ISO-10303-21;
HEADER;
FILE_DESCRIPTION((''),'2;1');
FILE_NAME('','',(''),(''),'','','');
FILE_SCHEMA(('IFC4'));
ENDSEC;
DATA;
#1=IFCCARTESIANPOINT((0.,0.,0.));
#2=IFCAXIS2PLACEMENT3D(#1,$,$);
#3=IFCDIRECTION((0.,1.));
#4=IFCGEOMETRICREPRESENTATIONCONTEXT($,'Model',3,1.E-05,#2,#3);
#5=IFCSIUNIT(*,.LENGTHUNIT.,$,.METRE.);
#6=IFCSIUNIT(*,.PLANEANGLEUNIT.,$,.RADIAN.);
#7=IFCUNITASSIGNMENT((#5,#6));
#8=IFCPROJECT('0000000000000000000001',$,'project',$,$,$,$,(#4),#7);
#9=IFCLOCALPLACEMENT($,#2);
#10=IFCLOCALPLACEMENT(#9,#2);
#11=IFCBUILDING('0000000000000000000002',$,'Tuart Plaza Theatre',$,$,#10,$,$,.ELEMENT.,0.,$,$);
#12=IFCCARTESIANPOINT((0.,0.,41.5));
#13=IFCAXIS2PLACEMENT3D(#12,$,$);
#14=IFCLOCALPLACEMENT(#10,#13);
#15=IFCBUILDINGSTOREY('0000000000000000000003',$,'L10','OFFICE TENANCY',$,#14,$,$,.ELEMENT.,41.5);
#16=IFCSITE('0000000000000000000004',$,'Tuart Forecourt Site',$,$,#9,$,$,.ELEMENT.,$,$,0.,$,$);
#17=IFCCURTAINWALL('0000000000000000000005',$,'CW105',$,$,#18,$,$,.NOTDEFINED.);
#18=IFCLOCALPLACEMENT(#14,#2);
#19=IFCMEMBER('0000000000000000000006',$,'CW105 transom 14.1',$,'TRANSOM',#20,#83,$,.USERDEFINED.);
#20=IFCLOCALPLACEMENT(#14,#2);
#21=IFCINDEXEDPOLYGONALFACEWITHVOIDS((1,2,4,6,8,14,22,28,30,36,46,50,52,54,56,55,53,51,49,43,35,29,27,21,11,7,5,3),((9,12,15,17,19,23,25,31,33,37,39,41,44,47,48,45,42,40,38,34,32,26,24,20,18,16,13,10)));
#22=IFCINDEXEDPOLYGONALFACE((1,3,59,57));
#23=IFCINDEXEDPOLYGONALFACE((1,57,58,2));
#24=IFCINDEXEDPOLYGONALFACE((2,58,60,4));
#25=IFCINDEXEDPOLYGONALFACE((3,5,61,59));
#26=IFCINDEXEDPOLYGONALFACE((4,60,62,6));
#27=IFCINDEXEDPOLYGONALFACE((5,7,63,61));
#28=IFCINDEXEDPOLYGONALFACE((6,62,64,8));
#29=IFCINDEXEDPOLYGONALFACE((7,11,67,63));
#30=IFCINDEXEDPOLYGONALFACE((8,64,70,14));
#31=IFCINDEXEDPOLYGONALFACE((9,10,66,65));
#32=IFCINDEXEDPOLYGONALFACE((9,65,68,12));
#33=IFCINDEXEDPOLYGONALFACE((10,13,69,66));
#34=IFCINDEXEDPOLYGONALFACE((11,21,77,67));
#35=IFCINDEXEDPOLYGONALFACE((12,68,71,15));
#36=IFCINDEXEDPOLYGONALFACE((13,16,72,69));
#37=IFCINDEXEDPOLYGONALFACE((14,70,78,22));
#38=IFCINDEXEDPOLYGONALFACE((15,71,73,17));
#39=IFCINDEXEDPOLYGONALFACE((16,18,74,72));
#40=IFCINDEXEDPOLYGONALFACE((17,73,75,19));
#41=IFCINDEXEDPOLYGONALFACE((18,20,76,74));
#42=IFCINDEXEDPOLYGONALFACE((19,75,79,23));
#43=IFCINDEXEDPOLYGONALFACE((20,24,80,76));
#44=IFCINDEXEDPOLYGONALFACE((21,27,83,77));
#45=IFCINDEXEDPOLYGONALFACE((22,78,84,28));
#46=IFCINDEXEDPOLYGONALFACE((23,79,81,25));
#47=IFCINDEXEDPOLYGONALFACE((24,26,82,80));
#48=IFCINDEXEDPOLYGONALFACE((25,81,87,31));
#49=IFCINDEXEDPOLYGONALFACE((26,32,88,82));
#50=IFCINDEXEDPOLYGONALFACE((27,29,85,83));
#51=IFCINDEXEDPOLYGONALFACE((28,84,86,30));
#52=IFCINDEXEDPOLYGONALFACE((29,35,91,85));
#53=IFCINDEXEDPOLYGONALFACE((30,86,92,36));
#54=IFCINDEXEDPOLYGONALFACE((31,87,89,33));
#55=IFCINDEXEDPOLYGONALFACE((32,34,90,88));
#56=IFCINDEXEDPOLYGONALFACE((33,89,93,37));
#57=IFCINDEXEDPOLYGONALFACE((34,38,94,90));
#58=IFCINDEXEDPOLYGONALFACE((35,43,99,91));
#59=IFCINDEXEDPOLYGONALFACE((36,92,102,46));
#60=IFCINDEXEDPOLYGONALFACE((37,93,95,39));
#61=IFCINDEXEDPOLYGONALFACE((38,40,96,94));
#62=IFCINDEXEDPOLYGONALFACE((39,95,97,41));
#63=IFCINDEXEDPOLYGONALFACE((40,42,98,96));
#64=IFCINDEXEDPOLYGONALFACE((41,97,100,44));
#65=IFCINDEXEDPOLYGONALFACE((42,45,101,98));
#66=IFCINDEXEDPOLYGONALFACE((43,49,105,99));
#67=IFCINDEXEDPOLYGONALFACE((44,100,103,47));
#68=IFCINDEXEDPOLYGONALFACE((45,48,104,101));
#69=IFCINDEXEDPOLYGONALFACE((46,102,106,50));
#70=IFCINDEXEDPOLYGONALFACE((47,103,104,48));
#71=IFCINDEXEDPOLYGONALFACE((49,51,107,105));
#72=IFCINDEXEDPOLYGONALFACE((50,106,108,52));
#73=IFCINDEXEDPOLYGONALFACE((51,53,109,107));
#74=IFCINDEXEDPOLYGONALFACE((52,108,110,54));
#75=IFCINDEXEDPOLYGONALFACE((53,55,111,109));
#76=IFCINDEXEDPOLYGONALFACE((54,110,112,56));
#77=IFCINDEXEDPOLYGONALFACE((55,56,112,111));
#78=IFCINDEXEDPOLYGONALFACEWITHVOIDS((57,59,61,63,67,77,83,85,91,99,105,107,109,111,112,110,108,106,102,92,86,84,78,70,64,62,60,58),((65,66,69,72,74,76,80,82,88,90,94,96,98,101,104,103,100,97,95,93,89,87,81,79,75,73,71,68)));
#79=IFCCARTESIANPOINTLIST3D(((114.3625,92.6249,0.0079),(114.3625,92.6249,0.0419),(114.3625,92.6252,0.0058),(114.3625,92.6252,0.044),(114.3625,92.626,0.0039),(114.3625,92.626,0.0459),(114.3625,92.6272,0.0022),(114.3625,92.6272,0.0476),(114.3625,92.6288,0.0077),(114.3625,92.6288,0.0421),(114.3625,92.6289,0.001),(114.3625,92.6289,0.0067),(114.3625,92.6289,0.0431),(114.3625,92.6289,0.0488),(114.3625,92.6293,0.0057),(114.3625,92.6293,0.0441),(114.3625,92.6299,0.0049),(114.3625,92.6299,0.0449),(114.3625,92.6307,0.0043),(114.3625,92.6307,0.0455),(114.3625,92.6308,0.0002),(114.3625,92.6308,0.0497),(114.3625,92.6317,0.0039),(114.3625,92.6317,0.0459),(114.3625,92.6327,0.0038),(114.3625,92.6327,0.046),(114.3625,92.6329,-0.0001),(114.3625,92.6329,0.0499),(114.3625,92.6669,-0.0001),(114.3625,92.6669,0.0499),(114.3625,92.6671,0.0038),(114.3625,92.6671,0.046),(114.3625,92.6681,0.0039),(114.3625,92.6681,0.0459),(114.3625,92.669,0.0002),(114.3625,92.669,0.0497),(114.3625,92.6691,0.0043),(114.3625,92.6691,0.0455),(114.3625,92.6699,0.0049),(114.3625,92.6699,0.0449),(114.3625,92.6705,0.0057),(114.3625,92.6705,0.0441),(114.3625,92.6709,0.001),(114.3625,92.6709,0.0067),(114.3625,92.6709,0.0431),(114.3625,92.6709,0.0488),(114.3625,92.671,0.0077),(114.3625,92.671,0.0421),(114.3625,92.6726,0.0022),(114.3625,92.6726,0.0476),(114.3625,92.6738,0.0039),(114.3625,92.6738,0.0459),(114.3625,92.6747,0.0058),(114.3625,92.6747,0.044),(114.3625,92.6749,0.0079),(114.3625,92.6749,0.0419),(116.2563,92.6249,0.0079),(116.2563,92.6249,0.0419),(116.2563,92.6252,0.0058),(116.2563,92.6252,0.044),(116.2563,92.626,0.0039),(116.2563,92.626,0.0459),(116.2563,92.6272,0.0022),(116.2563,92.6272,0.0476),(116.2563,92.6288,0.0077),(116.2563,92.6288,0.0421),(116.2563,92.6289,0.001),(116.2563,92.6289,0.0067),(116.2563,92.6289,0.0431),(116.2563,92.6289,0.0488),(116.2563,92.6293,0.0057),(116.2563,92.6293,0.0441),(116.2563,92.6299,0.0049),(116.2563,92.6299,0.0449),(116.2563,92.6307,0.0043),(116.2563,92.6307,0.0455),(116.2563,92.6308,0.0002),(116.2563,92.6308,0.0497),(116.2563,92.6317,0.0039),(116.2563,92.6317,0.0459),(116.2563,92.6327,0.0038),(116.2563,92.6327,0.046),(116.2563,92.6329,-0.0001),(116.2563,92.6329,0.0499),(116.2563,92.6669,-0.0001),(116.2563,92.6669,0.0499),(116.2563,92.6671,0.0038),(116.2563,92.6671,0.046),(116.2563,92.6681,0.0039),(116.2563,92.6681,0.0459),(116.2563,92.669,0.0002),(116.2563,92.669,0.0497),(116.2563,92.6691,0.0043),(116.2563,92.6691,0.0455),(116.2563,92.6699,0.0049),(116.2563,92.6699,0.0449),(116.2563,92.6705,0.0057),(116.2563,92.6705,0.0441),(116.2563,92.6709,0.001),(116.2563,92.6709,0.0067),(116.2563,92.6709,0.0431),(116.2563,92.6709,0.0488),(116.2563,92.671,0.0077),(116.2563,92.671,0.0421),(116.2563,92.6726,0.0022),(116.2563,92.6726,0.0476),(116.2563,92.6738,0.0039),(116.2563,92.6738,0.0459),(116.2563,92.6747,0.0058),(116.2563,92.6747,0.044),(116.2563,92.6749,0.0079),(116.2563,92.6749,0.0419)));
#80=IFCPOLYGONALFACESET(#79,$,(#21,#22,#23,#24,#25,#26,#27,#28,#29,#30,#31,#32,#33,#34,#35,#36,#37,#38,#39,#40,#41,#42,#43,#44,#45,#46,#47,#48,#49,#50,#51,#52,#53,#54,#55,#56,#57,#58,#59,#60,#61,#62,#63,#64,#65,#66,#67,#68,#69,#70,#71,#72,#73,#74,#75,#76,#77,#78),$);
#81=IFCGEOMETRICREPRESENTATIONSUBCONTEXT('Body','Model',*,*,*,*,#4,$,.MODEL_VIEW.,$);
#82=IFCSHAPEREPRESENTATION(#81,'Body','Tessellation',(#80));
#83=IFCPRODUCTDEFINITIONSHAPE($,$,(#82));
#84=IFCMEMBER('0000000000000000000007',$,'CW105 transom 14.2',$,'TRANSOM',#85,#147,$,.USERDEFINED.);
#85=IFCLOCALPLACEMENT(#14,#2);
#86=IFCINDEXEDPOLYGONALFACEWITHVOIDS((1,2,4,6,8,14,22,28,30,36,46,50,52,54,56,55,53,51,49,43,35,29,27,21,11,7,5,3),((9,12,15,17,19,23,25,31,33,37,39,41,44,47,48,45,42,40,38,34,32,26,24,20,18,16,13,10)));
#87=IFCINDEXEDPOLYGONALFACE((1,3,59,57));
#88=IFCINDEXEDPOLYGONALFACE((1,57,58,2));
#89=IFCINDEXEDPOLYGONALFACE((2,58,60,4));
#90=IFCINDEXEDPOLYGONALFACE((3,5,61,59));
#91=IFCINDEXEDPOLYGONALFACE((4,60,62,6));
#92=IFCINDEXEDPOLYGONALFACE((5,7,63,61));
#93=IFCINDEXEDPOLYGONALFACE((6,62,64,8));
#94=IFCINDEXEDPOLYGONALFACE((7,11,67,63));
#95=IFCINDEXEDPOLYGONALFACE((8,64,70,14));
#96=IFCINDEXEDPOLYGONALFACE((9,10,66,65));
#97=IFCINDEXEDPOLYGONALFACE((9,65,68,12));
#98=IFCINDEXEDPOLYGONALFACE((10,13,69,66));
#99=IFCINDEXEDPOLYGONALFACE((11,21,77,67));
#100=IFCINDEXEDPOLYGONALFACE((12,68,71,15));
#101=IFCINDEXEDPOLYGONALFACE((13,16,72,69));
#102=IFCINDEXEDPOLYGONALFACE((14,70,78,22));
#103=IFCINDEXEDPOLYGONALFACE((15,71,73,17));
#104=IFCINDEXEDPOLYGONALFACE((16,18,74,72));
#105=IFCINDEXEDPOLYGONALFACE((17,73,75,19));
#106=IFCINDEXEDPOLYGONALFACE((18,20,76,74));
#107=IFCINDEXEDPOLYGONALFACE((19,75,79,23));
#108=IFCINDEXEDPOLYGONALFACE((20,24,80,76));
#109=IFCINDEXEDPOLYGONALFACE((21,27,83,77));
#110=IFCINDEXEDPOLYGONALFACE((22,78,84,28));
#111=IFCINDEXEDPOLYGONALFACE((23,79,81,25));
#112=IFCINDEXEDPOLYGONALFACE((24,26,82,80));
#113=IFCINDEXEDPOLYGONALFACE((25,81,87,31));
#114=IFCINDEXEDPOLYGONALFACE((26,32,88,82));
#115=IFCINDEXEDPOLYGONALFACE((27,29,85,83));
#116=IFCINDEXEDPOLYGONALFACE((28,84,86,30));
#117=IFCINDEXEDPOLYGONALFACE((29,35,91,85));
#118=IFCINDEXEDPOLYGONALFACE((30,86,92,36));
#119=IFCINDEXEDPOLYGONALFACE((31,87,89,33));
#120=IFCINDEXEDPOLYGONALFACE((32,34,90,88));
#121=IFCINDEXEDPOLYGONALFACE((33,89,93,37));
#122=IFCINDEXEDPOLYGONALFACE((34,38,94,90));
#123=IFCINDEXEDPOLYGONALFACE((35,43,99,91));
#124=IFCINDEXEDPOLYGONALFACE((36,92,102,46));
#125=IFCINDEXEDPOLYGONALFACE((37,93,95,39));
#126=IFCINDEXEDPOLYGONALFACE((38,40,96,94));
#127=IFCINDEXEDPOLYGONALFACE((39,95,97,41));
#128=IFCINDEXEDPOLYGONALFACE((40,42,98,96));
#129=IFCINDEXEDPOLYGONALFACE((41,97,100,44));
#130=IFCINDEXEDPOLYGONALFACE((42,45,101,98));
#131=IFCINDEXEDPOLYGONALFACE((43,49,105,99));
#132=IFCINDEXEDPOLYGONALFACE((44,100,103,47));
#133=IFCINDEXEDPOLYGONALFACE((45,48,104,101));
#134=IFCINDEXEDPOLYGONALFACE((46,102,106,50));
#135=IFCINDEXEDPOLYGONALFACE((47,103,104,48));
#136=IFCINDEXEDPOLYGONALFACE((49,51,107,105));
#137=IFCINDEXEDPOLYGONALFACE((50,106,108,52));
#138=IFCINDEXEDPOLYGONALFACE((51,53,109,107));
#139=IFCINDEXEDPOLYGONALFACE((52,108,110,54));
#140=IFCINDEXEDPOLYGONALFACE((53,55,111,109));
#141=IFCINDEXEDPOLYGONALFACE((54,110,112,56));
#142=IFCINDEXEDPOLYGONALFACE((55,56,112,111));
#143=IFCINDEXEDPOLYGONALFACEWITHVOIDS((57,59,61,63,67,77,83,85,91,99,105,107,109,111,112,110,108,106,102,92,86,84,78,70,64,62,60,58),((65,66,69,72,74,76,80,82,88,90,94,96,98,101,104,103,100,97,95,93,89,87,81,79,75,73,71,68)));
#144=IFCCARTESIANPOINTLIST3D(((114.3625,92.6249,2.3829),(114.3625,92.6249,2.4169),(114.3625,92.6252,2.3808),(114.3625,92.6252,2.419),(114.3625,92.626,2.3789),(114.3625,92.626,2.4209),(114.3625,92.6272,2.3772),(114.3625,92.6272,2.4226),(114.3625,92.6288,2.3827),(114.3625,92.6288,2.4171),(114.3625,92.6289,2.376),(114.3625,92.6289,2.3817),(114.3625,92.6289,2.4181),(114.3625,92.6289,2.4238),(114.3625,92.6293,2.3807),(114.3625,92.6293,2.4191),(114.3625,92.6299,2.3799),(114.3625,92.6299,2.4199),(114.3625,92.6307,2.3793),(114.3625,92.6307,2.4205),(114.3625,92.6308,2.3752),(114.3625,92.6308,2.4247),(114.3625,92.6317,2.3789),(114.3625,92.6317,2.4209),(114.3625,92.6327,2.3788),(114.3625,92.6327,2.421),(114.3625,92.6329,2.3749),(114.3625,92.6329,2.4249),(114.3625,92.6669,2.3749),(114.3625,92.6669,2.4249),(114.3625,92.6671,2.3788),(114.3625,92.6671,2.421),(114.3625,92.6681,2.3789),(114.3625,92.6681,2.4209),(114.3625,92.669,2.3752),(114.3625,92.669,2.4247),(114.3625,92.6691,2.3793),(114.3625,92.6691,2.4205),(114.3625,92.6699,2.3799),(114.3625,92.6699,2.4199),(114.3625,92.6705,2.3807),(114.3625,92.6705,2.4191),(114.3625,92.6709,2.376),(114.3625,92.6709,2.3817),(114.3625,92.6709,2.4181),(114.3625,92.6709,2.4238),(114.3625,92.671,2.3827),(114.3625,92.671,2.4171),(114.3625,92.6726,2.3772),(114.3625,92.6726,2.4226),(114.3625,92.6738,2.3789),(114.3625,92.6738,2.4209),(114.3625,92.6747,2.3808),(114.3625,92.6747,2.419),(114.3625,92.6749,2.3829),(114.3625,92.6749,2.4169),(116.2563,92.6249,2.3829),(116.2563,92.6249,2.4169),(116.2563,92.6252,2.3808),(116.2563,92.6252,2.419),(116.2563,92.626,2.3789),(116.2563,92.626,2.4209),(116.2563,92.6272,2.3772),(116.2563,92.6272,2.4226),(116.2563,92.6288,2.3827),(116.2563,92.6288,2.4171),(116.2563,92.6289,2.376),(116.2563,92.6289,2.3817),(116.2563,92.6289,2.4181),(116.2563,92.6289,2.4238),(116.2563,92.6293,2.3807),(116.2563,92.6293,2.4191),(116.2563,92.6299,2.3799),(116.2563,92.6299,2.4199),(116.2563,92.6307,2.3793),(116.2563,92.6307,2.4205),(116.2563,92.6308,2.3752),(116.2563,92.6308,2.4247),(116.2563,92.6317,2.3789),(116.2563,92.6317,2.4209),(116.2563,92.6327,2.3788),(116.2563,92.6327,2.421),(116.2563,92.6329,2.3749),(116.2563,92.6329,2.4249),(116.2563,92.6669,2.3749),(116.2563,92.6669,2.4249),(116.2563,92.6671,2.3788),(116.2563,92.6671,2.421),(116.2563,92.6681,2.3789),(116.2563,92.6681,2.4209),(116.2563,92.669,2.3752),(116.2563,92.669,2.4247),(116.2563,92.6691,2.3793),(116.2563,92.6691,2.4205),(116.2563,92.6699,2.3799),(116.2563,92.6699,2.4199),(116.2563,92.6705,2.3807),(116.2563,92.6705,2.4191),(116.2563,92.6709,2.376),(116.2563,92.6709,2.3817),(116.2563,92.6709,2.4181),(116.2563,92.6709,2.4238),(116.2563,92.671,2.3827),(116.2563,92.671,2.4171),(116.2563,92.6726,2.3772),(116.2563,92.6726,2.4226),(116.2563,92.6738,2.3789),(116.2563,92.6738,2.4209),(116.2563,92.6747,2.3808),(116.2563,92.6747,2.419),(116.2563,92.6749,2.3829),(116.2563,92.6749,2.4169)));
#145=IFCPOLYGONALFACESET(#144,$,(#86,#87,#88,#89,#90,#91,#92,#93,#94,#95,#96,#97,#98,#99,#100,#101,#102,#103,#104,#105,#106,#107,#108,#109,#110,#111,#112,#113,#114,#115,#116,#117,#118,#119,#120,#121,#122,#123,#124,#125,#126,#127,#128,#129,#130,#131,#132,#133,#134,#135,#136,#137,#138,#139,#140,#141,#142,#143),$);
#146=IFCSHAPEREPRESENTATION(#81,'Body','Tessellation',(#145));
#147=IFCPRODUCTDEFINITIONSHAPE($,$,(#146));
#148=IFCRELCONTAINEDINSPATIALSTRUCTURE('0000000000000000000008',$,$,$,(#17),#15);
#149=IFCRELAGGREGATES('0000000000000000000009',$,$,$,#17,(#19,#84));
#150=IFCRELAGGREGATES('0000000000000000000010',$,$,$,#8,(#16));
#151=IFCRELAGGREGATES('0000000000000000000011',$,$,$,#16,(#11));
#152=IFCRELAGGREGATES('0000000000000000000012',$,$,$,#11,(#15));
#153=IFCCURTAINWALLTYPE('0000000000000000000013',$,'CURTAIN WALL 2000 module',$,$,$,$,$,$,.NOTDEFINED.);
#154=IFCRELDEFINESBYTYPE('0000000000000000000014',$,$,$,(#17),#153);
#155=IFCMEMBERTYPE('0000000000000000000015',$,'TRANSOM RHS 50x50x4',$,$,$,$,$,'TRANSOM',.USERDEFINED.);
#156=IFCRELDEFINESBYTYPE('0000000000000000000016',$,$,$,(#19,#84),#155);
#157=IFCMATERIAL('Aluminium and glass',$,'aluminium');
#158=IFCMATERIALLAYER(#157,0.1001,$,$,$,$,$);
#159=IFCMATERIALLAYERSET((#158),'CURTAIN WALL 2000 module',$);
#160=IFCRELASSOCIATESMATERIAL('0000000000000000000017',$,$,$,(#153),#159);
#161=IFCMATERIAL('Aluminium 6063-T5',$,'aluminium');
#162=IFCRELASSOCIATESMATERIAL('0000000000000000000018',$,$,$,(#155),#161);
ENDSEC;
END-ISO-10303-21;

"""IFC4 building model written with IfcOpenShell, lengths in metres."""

from ifc_helpers import new_model, si_unit, direction, frame, origin, origin_2d, place, context, subcontext, project, spatial, hollow_rectangle, extrude, material, layer, layer_set, material_profile, profile_set, type_object, element, aggregate, save


model = new_model("IFC4")

# Units and contexts
model_context = context("Model", 3, precision=1e-05, world=origin(), true_north=direction((0.0, 1.0)))
body_context = subcontext(model_context, "Body", "Model", "MODEL_VIEW")
ifc_project = project(units=[si_unit("LENGTHUNIT", "METRE"), si_unit("PLANEANGLEUNIT", "RADIAN")], contexts=[model_context])

# Site, building, storey
site_placement = place(None, origin())
site = spatial("IfcSite", under=ifc_project, at=site_placement, Name="Tuart Forecourt Site", CompositionType="ELEMENT", RefElevation=0.0)
building_placement = place(site_placement, origin())
building = spatial("IfcBuilding", under=site, at=building_placement, Name="Tuart Plaza Theatre", CompositionType="ELEMENT", ElevationOfRefHeight=0.0)
storey_placement = place(building_placement, frame((0.0, 0.0, 41.5)))
storey = spatial("IfcBuildingStorey", under=building, at=storey_placement, Name="L10", Description="OFFICE TENANCY", CompositionType="ELEMENT", Elevation=41.5)

# Curtain wall, members
ifc_material_1 = material(Name="Aluminium and glass", Category="aluminium")
ifc_layer_1 = layer(ifc_material_1, 0.1001)
ifc_layer_set_1 = layer_set([ifc_layer_1], Name="CURTAIN WALL 2000 module")
curtain_wall_type = type_object("IfcCurtainWallType", Name="CURTAIN WALL 2000 module", PredefinedType="NOTDEFINED", material=ifc_layer_set_1)
curtain_wall_placement = place(storey_placement, origin())
curtain_wall = element("IfcCurtainWall", 1, at=curtain_wall_placement, inside=storey, type_object=curtain_wall_type, Name="CW105", PredefinedType="NOTDEFINED")
ifc_material_2 = material(Name="Aluminium 6063-T5", Category="aluminium")
ifc_material_profile_1 = material_profile(ifc_material_2, hollow_rectangle(XDim=0.05, YDim=0.05, WallThickness=0.0039, InnerFilletRadius=0.0039, OuterFilletRadius=0.0081, at=origin_2d()), Name="RHS 50x50x4")
ifc_profile_set_1 = profile_set([ifc_material_profile_1], Name="Aluminium 6063-T5")
member_type_1 = type_object("IfcMemberType", Name="TRANSOM RHS 50x50x4", ElementType="TRANSOM", PredefinedType="USERDEFINED", material=ifc_profile_set_1)
member_1_placement = place(storey_placement, frame((116.2563, 92.6499, 0.0249), z_axis=(-1.0, 0.0, 0.0), x_axis=(0.0, -1.0, 0.0)))
member_1 = element("IfcMember", 2, at=member_1_placement, type_object=member_type_1, Name="CW105 transom 14.1", ObjectType="TRANSOM", PredefinedType="USERDEFINED", context=body_context, shape_type="SweptSolid", body=[
    extrude(hollow_rectangle(XDim=0.05, YDim=0.05, WallThickness=0.0039, InnerFilletRadius=0.0039, OuterFilletRadius=0.0081, at=origin_2d()), origin(), (0.0, 0.0, 1.0), 1.8938),
])
member_2_placement = place(storey_placement, frame((116.2563, 92.6499, 2.3999), z_axis=(-1.0, 0.0, 0.0), x_axis=(0.0, -1.0, 0.0)))
member_2 = element("IfcMember", 3, at=member_2_placement, type_object=member_type_1, Name="CW105 transom 14.2", ObjectType="TRANSOM", PredefinedType="USERDEFINED", context=body_context, shape_type="SweptSolid", body=[
    extrude(hollow_rectangle(XDim=0.05, YDim=0.05, WallThickness=0.0039, InnerFilletRadius=0.0039, OuterFilletRadius=0.0081, at=origin_2d()), origin(), (0.0, 0.0, 1.0), 1.8938),
])
aggregate(curtain_wall, [member_1, member_2])

save(model, "model.ifc")
